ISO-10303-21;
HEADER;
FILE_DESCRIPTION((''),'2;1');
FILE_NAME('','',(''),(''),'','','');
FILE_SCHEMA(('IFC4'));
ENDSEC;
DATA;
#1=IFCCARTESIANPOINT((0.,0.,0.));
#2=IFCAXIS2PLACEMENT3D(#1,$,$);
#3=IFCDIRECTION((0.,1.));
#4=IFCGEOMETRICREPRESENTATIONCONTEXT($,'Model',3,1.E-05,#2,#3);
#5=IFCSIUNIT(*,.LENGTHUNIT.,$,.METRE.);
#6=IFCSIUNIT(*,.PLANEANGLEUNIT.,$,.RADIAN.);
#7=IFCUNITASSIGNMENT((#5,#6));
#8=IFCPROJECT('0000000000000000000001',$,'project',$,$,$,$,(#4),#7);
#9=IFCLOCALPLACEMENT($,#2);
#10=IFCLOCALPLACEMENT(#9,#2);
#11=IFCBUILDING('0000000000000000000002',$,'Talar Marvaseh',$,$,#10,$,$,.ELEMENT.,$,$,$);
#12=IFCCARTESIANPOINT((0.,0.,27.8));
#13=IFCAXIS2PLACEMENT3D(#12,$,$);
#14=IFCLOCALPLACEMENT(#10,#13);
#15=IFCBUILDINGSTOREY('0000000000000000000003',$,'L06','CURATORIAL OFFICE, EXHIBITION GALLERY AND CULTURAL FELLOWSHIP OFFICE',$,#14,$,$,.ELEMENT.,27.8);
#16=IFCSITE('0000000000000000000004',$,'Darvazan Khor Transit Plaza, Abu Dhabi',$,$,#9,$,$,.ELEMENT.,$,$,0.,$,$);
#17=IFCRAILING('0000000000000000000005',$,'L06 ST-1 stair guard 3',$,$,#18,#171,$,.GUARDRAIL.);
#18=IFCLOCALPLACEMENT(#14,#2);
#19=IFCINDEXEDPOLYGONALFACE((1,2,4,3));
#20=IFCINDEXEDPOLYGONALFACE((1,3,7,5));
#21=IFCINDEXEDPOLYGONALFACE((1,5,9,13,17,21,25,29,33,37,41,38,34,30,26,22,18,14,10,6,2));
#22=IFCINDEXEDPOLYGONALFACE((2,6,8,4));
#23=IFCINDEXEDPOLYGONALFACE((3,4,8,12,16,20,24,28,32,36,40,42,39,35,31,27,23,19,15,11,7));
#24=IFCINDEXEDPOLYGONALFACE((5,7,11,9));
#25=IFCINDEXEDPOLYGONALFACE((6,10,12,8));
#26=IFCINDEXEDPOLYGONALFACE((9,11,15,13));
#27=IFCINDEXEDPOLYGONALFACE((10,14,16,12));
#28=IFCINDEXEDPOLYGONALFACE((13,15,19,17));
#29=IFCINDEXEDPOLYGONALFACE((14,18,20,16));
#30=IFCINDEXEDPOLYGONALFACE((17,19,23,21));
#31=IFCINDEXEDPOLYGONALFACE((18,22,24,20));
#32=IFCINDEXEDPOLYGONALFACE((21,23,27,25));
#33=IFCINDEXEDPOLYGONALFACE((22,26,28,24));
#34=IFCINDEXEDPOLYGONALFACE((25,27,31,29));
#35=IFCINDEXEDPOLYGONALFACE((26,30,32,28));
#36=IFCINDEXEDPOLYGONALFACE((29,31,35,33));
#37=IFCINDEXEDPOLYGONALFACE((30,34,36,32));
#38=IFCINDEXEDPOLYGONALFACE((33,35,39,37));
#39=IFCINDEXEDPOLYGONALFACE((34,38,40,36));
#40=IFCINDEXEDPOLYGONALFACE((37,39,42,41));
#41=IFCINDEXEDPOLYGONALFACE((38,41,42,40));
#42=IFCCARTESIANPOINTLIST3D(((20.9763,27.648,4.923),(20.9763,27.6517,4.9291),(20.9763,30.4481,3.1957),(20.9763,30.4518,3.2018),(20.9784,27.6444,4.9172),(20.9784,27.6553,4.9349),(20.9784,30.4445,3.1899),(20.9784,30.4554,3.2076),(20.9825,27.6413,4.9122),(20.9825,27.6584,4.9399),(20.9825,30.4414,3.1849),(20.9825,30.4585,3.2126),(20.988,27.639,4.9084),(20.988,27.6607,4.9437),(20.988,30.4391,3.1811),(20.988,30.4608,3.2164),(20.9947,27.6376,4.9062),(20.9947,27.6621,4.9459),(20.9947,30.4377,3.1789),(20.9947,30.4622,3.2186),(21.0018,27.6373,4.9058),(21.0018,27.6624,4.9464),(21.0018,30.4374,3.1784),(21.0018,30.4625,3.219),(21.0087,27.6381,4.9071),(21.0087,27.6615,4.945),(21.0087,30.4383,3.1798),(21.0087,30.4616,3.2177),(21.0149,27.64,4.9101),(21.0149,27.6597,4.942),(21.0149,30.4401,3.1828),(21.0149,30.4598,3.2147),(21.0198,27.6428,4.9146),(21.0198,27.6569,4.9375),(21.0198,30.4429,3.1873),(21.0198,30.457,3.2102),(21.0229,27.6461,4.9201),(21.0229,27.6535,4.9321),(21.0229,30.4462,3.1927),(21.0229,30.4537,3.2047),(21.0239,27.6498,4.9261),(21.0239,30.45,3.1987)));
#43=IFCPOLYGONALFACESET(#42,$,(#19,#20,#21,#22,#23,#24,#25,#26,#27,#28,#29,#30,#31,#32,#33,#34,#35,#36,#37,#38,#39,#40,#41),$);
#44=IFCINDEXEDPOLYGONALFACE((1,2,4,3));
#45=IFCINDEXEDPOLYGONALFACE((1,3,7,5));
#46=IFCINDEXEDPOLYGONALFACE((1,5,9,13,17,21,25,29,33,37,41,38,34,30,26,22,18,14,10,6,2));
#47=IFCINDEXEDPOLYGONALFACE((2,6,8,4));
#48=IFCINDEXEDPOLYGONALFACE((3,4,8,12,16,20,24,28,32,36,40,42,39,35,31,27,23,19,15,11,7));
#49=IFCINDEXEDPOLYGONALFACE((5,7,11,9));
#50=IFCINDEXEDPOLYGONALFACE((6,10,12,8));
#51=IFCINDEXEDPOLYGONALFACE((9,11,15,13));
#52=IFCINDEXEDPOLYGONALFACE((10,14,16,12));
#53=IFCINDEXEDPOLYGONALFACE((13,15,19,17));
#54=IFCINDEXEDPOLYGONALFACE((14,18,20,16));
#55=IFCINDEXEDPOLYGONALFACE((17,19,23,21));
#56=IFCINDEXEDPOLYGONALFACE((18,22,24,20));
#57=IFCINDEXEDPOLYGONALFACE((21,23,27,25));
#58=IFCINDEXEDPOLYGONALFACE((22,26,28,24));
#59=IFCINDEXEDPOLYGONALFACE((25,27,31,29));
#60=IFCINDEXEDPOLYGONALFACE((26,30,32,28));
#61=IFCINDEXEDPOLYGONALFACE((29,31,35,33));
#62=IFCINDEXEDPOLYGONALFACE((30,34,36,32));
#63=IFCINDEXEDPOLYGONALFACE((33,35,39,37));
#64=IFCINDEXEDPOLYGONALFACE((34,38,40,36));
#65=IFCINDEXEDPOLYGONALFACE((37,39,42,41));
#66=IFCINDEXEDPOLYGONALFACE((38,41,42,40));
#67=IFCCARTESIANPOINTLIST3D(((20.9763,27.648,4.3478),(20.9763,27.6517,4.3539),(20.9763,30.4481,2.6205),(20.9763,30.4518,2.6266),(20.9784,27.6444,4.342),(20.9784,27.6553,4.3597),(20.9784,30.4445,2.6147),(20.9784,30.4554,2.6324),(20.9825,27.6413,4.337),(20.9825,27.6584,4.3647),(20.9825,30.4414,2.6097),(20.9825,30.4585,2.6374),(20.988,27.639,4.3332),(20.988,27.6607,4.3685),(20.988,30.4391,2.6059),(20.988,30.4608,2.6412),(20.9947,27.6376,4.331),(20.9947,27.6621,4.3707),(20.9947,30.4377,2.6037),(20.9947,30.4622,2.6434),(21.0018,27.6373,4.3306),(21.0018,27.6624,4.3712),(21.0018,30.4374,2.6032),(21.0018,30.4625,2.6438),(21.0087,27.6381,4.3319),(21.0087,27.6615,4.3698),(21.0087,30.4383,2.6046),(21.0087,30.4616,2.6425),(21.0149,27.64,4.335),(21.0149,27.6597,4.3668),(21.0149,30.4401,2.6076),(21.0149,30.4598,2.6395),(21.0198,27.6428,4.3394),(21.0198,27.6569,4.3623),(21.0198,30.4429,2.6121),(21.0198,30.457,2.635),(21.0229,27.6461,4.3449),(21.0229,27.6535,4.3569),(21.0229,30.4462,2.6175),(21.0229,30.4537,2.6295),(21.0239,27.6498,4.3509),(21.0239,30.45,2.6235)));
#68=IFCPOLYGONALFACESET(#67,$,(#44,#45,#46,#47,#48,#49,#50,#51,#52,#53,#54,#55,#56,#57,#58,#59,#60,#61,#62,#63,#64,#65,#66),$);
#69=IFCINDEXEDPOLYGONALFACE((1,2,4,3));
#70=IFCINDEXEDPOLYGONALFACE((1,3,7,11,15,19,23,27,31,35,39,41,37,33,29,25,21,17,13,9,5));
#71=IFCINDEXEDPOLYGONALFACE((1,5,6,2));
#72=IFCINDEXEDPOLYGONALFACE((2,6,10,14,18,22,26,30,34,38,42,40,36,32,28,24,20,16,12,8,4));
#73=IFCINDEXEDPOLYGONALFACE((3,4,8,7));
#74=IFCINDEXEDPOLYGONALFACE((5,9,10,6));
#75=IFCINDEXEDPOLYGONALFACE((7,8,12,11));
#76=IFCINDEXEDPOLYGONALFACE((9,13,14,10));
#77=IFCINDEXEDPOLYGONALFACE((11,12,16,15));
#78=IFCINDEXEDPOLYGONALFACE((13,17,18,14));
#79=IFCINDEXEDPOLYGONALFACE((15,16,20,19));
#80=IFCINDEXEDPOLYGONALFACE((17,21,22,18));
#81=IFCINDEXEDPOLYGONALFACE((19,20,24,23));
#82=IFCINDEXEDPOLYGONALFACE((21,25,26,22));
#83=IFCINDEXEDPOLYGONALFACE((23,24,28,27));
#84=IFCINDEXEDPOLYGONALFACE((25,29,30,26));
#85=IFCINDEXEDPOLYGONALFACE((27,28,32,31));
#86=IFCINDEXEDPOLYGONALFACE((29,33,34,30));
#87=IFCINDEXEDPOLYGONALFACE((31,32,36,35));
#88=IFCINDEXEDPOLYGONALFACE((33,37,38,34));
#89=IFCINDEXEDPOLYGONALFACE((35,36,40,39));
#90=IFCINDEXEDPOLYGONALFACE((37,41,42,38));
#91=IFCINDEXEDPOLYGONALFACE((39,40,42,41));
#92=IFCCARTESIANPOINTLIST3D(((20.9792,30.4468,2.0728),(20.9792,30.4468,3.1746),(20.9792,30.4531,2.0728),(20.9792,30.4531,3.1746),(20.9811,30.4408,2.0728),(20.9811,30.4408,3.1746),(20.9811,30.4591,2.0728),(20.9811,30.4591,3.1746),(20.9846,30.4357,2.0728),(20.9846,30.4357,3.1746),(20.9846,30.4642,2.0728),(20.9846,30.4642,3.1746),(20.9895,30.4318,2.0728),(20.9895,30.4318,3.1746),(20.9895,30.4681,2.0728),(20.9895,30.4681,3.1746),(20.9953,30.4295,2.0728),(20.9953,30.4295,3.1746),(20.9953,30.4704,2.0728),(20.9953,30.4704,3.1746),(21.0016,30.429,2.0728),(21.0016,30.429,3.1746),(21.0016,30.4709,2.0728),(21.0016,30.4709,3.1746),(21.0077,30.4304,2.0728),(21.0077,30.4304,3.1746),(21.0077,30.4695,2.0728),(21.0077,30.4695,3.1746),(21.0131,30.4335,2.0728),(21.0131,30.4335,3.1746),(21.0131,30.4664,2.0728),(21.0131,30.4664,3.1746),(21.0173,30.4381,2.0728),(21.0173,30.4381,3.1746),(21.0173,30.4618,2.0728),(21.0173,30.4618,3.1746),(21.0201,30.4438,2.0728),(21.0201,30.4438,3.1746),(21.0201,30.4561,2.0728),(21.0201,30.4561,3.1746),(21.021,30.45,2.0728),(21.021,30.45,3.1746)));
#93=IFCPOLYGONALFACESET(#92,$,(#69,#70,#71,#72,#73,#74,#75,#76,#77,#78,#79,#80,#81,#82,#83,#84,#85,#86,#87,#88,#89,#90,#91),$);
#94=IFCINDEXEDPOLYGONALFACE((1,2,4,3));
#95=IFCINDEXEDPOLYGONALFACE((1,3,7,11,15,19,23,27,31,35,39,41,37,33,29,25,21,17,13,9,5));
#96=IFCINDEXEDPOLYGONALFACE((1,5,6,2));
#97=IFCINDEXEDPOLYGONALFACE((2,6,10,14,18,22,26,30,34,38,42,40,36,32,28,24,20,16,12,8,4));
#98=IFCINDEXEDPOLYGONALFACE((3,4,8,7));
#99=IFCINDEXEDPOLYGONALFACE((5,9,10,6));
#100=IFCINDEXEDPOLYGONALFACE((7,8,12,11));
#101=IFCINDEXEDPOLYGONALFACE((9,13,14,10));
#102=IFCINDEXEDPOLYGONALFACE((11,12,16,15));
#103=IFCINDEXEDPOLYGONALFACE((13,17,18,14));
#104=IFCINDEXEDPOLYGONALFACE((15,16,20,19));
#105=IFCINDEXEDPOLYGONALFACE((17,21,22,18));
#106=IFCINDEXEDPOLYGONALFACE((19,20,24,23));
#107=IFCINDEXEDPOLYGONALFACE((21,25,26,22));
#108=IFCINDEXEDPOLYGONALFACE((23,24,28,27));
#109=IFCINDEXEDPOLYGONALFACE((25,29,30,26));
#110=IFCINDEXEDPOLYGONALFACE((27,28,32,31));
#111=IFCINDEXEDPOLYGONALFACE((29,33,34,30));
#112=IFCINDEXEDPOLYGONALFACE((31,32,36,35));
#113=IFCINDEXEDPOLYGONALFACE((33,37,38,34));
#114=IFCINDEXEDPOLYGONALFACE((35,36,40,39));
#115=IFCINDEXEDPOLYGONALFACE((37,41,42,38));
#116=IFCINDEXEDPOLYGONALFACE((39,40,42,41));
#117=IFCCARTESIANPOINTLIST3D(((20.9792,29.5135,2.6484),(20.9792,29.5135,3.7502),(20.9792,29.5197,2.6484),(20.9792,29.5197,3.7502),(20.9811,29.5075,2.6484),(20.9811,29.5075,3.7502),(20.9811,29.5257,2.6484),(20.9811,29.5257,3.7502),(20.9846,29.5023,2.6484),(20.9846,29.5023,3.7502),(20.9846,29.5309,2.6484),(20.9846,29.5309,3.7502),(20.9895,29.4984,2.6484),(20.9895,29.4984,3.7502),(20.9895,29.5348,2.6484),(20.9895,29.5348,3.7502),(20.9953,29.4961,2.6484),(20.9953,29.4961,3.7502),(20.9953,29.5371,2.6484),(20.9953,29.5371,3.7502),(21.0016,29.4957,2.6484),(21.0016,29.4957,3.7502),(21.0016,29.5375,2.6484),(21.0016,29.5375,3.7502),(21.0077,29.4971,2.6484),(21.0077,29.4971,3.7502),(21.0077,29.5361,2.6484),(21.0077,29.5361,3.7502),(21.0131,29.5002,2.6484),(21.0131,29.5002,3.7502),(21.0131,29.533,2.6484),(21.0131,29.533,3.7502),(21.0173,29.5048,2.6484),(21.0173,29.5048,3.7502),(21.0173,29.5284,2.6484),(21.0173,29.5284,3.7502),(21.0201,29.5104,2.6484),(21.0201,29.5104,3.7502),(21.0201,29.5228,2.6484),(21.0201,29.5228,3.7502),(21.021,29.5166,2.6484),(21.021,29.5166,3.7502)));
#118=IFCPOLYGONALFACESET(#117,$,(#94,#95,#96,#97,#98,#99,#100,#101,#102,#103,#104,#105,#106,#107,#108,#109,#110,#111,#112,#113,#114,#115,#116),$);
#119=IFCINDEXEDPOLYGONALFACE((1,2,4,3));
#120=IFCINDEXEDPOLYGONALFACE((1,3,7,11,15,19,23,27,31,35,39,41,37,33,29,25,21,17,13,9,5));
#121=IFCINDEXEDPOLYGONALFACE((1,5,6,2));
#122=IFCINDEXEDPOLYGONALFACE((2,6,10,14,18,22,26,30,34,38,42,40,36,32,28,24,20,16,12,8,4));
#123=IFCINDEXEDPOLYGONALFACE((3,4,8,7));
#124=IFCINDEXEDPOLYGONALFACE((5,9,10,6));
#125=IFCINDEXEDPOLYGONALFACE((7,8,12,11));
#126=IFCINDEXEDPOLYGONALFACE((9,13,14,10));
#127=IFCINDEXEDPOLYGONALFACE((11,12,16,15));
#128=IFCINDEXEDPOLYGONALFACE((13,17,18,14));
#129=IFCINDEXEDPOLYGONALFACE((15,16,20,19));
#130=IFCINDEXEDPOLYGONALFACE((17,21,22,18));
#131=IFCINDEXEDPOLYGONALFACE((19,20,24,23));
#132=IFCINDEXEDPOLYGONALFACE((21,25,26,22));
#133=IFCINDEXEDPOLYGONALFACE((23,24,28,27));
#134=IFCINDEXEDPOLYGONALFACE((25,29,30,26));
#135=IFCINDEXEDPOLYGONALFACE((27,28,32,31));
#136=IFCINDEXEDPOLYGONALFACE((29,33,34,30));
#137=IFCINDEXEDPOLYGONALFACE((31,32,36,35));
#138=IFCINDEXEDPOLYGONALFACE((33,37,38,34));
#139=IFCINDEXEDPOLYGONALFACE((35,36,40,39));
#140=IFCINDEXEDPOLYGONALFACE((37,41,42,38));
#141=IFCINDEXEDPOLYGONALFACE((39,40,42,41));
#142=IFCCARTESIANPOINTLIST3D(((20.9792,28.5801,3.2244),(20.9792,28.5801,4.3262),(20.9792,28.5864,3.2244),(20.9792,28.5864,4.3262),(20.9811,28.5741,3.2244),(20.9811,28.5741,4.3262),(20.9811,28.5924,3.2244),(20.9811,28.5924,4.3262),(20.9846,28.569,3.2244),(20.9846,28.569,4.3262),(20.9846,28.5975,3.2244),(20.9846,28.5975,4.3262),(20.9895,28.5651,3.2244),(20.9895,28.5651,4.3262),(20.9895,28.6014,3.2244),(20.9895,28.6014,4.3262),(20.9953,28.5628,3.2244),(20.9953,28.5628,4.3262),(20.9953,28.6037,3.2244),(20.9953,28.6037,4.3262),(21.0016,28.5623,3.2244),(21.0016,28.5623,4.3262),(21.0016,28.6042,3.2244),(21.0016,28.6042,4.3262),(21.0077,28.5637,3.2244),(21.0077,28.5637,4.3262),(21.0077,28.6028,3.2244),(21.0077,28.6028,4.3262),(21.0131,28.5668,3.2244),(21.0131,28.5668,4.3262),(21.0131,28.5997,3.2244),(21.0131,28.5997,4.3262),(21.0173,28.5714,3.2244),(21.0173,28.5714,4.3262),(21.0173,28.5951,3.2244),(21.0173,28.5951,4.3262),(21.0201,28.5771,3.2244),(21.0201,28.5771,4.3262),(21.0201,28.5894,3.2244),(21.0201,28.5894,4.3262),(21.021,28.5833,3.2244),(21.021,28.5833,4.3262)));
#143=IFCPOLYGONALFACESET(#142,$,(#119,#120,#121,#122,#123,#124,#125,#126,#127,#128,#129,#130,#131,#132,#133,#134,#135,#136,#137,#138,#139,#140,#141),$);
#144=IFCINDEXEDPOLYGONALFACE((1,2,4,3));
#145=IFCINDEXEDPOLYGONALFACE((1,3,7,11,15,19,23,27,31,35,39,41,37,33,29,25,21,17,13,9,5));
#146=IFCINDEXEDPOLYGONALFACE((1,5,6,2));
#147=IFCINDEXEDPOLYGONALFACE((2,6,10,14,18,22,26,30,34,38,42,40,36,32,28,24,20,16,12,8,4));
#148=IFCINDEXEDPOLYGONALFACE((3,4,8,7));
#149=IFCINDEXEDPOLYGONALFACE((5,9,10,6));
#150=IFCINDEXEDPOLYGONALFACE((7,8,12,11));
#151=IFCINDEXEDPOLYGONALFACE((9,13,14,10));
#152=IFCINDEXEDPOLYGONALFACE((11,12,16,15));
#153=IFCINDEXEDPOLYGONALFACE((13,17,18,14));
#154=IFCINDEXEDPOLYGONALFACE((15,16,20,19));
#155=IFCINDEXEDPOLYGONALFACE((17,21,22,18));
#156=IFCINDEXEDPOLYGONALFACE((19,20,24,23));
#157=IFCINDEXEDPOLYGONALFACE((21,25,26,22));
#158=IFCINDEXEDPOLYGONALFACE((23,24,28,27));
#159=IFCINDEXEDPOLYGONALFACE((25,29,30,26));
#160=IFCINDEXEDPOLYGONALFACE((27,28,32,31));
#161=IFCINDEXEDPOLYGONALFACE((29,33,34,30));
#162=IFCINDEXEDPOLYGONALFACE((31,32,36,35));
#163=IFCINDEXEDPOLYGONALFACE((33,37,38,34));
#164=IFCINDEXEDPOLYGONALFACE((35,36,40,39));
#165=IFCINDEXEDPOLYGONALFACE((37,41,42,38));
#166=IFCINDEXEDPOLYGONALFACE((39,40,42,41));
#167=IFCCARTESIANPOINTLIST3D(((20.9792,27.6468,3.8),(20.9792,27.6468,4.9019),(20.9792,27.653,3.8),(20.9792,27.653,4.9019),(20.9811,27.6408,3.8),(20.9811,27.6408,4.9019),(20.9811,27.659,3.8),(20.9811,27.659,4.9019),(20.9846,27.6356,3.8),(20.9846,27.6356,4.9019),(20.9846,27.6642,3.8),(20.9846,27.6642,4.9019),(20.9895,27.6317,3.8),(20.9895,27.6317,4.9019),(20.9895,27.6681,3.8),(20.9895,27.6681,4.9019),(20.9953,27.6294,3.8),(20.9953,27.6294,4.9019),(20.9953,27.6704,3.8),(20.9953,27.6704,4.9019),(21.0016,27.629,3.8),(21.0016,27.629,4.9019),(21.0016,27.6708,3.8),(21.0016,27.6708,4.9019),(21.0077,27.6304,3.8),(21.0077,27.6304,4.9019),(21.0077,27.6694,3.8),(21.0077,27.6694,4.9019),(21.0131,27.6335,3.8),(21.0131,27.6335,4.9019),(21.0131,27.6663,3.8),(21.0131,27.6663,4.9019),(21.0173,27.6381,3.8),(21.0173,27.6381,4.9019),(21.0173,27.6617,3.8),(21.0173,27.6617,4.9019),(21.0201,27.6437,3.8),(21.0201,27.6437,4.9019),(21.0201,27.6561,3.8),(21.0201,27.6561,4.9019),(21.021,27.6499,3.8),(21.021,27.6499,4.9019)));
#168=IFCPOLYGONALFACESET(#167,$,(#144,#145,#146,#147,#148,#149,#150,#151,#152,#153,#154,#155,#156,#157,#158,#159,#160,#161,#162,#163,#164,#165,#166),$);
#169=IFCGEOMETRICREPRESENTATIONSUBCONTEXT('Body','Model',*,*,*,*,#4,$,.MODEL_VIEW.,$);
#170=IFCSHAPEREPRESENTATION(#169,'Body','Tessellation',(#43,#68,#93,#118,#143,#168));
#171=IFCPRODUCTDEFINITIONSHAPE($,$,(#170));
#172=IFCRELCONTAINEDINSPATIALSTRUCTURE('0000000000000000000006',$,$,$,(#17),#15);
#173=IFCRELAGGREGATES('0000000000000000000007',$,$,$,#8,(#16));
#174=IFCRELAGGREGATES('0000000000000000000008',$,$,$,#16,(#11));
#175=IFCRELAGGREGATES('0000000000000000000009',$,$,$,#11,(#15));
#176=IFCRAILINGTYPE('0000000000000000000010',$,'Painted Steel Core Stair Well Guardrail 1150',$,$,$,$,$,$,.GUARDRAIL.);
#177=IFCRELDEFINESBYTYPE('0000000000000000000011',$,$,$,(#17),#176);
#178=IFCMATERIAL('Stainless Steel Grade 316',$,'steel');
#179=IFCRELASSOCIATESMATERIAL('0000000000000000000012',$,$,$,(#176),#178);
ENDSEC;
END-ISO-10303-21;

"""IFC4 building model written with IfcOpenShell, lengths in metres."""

from ifc_helpers import new_model, si_unit, direction, frame, origin, origin_2d, place, context, subcontext, project, spatial, circle, extrude, material, type_object, element, save


model = new_model("IFC4")

# Units and contexts
model_context = context("Model", 3, precision=1e-05, world=origin(), true_north=direction((0.0, 1.0)))
body_context = subcontext(model_context, "Body", "Model", "MODEL_VIEW")
ifc_project = project(units=[si_unit("LENGTHUNIT", "METRE"), si_unit("PLANEANGLEUNIT", "RADIAN")], contexts=[model_context])

# Site, building, storey
site_placement = place(None, origin())
site = spatial("IfcSite", under=ifc_project, at=site_placement, Name="Darvazan Khor Transit Plaza, Abu Dhabi", CompositionType="ELEMENT", RefElevation=0.0)
building_placement = place(site_placement, origin())
building = spatial("IfcBuilding", under=site, at=building_placement, Name="Talar Marvaseh", CompositionType="ELEMENT")
storey_placement = place(building_placement, frame((0.0, 0.0, 27.8)))
storey = spatial("IfcBuildingStorey", under=building, at=storey_placement, Name="L06", Description="CURATORIAL OFFICE, EXHIBITION GALLERY AND CULTURAL FELLOWSHIP OFFICE", CompositionType="ELEMENT", Elevation=27.8)

# Railing
ifc_material_1 = material(Name="Stainless Steel Grade 316", Category="steel")
railing_type_1 = type_object("IfcRailingType", Name="Painted Steel Core Stair Well Guardrail 1150", PredefinedType="GUARDRAIL", material=ifc_material_1)
railing_1_placement = place(storey_placement, frame((21.0, 30.45, 2.0728)))
element("IfcRailing", 1, at=railing_1_placement, inside=storey, type_object=railing_type_1, Name="L06 ST-1 stair guard 3", PredefinedType="GUARDRAIL", context=body_context, shape_type="SweptSolid", body=[
    extrude(circle(Radius=0.0239, at=origin_2d()), frame((0.0, 0.0, 1.126), z_axis=(0.0, -0.85109, 0.52502), x_axis=(1.0, 0.0, 0.0)), (0.0, 0.0, 1.0), 3.29),
    extrude(circle(Radius=0.0239, at=origin_2d()), frame((0.0, 0.0, 0.5508), z_axis=(0.0, -0.85109, 0.52502), x_axis=(1.0, 0.0, 0.0)), (0.0, 0.0, 1.0), 3.29),
    extrude(circle(Radius=0.021, at=origin_2d()), origin(), (0.0, 0.0, 1.0), 1.1018),
    extrude(circle(Radius=0.021, at=origin_2d()), frame((0.0, -0.9333, 0.5757)), (0.0, 0.0, 1.0), 1.1018),
    extrude(circle(Radius=0.021, at=origin_2d()), frame((0.0, -1.8667, 1.1516)), (0.0, 0.0, 1.0), 1.1018),
    extrude(circle(Radius=0.021, at=origin_2d()), frame((0.0, -2.8, 1.7273)), (0.0, 0.0, 1.0), 1.1018),
])

save(model, "model.ifc")
